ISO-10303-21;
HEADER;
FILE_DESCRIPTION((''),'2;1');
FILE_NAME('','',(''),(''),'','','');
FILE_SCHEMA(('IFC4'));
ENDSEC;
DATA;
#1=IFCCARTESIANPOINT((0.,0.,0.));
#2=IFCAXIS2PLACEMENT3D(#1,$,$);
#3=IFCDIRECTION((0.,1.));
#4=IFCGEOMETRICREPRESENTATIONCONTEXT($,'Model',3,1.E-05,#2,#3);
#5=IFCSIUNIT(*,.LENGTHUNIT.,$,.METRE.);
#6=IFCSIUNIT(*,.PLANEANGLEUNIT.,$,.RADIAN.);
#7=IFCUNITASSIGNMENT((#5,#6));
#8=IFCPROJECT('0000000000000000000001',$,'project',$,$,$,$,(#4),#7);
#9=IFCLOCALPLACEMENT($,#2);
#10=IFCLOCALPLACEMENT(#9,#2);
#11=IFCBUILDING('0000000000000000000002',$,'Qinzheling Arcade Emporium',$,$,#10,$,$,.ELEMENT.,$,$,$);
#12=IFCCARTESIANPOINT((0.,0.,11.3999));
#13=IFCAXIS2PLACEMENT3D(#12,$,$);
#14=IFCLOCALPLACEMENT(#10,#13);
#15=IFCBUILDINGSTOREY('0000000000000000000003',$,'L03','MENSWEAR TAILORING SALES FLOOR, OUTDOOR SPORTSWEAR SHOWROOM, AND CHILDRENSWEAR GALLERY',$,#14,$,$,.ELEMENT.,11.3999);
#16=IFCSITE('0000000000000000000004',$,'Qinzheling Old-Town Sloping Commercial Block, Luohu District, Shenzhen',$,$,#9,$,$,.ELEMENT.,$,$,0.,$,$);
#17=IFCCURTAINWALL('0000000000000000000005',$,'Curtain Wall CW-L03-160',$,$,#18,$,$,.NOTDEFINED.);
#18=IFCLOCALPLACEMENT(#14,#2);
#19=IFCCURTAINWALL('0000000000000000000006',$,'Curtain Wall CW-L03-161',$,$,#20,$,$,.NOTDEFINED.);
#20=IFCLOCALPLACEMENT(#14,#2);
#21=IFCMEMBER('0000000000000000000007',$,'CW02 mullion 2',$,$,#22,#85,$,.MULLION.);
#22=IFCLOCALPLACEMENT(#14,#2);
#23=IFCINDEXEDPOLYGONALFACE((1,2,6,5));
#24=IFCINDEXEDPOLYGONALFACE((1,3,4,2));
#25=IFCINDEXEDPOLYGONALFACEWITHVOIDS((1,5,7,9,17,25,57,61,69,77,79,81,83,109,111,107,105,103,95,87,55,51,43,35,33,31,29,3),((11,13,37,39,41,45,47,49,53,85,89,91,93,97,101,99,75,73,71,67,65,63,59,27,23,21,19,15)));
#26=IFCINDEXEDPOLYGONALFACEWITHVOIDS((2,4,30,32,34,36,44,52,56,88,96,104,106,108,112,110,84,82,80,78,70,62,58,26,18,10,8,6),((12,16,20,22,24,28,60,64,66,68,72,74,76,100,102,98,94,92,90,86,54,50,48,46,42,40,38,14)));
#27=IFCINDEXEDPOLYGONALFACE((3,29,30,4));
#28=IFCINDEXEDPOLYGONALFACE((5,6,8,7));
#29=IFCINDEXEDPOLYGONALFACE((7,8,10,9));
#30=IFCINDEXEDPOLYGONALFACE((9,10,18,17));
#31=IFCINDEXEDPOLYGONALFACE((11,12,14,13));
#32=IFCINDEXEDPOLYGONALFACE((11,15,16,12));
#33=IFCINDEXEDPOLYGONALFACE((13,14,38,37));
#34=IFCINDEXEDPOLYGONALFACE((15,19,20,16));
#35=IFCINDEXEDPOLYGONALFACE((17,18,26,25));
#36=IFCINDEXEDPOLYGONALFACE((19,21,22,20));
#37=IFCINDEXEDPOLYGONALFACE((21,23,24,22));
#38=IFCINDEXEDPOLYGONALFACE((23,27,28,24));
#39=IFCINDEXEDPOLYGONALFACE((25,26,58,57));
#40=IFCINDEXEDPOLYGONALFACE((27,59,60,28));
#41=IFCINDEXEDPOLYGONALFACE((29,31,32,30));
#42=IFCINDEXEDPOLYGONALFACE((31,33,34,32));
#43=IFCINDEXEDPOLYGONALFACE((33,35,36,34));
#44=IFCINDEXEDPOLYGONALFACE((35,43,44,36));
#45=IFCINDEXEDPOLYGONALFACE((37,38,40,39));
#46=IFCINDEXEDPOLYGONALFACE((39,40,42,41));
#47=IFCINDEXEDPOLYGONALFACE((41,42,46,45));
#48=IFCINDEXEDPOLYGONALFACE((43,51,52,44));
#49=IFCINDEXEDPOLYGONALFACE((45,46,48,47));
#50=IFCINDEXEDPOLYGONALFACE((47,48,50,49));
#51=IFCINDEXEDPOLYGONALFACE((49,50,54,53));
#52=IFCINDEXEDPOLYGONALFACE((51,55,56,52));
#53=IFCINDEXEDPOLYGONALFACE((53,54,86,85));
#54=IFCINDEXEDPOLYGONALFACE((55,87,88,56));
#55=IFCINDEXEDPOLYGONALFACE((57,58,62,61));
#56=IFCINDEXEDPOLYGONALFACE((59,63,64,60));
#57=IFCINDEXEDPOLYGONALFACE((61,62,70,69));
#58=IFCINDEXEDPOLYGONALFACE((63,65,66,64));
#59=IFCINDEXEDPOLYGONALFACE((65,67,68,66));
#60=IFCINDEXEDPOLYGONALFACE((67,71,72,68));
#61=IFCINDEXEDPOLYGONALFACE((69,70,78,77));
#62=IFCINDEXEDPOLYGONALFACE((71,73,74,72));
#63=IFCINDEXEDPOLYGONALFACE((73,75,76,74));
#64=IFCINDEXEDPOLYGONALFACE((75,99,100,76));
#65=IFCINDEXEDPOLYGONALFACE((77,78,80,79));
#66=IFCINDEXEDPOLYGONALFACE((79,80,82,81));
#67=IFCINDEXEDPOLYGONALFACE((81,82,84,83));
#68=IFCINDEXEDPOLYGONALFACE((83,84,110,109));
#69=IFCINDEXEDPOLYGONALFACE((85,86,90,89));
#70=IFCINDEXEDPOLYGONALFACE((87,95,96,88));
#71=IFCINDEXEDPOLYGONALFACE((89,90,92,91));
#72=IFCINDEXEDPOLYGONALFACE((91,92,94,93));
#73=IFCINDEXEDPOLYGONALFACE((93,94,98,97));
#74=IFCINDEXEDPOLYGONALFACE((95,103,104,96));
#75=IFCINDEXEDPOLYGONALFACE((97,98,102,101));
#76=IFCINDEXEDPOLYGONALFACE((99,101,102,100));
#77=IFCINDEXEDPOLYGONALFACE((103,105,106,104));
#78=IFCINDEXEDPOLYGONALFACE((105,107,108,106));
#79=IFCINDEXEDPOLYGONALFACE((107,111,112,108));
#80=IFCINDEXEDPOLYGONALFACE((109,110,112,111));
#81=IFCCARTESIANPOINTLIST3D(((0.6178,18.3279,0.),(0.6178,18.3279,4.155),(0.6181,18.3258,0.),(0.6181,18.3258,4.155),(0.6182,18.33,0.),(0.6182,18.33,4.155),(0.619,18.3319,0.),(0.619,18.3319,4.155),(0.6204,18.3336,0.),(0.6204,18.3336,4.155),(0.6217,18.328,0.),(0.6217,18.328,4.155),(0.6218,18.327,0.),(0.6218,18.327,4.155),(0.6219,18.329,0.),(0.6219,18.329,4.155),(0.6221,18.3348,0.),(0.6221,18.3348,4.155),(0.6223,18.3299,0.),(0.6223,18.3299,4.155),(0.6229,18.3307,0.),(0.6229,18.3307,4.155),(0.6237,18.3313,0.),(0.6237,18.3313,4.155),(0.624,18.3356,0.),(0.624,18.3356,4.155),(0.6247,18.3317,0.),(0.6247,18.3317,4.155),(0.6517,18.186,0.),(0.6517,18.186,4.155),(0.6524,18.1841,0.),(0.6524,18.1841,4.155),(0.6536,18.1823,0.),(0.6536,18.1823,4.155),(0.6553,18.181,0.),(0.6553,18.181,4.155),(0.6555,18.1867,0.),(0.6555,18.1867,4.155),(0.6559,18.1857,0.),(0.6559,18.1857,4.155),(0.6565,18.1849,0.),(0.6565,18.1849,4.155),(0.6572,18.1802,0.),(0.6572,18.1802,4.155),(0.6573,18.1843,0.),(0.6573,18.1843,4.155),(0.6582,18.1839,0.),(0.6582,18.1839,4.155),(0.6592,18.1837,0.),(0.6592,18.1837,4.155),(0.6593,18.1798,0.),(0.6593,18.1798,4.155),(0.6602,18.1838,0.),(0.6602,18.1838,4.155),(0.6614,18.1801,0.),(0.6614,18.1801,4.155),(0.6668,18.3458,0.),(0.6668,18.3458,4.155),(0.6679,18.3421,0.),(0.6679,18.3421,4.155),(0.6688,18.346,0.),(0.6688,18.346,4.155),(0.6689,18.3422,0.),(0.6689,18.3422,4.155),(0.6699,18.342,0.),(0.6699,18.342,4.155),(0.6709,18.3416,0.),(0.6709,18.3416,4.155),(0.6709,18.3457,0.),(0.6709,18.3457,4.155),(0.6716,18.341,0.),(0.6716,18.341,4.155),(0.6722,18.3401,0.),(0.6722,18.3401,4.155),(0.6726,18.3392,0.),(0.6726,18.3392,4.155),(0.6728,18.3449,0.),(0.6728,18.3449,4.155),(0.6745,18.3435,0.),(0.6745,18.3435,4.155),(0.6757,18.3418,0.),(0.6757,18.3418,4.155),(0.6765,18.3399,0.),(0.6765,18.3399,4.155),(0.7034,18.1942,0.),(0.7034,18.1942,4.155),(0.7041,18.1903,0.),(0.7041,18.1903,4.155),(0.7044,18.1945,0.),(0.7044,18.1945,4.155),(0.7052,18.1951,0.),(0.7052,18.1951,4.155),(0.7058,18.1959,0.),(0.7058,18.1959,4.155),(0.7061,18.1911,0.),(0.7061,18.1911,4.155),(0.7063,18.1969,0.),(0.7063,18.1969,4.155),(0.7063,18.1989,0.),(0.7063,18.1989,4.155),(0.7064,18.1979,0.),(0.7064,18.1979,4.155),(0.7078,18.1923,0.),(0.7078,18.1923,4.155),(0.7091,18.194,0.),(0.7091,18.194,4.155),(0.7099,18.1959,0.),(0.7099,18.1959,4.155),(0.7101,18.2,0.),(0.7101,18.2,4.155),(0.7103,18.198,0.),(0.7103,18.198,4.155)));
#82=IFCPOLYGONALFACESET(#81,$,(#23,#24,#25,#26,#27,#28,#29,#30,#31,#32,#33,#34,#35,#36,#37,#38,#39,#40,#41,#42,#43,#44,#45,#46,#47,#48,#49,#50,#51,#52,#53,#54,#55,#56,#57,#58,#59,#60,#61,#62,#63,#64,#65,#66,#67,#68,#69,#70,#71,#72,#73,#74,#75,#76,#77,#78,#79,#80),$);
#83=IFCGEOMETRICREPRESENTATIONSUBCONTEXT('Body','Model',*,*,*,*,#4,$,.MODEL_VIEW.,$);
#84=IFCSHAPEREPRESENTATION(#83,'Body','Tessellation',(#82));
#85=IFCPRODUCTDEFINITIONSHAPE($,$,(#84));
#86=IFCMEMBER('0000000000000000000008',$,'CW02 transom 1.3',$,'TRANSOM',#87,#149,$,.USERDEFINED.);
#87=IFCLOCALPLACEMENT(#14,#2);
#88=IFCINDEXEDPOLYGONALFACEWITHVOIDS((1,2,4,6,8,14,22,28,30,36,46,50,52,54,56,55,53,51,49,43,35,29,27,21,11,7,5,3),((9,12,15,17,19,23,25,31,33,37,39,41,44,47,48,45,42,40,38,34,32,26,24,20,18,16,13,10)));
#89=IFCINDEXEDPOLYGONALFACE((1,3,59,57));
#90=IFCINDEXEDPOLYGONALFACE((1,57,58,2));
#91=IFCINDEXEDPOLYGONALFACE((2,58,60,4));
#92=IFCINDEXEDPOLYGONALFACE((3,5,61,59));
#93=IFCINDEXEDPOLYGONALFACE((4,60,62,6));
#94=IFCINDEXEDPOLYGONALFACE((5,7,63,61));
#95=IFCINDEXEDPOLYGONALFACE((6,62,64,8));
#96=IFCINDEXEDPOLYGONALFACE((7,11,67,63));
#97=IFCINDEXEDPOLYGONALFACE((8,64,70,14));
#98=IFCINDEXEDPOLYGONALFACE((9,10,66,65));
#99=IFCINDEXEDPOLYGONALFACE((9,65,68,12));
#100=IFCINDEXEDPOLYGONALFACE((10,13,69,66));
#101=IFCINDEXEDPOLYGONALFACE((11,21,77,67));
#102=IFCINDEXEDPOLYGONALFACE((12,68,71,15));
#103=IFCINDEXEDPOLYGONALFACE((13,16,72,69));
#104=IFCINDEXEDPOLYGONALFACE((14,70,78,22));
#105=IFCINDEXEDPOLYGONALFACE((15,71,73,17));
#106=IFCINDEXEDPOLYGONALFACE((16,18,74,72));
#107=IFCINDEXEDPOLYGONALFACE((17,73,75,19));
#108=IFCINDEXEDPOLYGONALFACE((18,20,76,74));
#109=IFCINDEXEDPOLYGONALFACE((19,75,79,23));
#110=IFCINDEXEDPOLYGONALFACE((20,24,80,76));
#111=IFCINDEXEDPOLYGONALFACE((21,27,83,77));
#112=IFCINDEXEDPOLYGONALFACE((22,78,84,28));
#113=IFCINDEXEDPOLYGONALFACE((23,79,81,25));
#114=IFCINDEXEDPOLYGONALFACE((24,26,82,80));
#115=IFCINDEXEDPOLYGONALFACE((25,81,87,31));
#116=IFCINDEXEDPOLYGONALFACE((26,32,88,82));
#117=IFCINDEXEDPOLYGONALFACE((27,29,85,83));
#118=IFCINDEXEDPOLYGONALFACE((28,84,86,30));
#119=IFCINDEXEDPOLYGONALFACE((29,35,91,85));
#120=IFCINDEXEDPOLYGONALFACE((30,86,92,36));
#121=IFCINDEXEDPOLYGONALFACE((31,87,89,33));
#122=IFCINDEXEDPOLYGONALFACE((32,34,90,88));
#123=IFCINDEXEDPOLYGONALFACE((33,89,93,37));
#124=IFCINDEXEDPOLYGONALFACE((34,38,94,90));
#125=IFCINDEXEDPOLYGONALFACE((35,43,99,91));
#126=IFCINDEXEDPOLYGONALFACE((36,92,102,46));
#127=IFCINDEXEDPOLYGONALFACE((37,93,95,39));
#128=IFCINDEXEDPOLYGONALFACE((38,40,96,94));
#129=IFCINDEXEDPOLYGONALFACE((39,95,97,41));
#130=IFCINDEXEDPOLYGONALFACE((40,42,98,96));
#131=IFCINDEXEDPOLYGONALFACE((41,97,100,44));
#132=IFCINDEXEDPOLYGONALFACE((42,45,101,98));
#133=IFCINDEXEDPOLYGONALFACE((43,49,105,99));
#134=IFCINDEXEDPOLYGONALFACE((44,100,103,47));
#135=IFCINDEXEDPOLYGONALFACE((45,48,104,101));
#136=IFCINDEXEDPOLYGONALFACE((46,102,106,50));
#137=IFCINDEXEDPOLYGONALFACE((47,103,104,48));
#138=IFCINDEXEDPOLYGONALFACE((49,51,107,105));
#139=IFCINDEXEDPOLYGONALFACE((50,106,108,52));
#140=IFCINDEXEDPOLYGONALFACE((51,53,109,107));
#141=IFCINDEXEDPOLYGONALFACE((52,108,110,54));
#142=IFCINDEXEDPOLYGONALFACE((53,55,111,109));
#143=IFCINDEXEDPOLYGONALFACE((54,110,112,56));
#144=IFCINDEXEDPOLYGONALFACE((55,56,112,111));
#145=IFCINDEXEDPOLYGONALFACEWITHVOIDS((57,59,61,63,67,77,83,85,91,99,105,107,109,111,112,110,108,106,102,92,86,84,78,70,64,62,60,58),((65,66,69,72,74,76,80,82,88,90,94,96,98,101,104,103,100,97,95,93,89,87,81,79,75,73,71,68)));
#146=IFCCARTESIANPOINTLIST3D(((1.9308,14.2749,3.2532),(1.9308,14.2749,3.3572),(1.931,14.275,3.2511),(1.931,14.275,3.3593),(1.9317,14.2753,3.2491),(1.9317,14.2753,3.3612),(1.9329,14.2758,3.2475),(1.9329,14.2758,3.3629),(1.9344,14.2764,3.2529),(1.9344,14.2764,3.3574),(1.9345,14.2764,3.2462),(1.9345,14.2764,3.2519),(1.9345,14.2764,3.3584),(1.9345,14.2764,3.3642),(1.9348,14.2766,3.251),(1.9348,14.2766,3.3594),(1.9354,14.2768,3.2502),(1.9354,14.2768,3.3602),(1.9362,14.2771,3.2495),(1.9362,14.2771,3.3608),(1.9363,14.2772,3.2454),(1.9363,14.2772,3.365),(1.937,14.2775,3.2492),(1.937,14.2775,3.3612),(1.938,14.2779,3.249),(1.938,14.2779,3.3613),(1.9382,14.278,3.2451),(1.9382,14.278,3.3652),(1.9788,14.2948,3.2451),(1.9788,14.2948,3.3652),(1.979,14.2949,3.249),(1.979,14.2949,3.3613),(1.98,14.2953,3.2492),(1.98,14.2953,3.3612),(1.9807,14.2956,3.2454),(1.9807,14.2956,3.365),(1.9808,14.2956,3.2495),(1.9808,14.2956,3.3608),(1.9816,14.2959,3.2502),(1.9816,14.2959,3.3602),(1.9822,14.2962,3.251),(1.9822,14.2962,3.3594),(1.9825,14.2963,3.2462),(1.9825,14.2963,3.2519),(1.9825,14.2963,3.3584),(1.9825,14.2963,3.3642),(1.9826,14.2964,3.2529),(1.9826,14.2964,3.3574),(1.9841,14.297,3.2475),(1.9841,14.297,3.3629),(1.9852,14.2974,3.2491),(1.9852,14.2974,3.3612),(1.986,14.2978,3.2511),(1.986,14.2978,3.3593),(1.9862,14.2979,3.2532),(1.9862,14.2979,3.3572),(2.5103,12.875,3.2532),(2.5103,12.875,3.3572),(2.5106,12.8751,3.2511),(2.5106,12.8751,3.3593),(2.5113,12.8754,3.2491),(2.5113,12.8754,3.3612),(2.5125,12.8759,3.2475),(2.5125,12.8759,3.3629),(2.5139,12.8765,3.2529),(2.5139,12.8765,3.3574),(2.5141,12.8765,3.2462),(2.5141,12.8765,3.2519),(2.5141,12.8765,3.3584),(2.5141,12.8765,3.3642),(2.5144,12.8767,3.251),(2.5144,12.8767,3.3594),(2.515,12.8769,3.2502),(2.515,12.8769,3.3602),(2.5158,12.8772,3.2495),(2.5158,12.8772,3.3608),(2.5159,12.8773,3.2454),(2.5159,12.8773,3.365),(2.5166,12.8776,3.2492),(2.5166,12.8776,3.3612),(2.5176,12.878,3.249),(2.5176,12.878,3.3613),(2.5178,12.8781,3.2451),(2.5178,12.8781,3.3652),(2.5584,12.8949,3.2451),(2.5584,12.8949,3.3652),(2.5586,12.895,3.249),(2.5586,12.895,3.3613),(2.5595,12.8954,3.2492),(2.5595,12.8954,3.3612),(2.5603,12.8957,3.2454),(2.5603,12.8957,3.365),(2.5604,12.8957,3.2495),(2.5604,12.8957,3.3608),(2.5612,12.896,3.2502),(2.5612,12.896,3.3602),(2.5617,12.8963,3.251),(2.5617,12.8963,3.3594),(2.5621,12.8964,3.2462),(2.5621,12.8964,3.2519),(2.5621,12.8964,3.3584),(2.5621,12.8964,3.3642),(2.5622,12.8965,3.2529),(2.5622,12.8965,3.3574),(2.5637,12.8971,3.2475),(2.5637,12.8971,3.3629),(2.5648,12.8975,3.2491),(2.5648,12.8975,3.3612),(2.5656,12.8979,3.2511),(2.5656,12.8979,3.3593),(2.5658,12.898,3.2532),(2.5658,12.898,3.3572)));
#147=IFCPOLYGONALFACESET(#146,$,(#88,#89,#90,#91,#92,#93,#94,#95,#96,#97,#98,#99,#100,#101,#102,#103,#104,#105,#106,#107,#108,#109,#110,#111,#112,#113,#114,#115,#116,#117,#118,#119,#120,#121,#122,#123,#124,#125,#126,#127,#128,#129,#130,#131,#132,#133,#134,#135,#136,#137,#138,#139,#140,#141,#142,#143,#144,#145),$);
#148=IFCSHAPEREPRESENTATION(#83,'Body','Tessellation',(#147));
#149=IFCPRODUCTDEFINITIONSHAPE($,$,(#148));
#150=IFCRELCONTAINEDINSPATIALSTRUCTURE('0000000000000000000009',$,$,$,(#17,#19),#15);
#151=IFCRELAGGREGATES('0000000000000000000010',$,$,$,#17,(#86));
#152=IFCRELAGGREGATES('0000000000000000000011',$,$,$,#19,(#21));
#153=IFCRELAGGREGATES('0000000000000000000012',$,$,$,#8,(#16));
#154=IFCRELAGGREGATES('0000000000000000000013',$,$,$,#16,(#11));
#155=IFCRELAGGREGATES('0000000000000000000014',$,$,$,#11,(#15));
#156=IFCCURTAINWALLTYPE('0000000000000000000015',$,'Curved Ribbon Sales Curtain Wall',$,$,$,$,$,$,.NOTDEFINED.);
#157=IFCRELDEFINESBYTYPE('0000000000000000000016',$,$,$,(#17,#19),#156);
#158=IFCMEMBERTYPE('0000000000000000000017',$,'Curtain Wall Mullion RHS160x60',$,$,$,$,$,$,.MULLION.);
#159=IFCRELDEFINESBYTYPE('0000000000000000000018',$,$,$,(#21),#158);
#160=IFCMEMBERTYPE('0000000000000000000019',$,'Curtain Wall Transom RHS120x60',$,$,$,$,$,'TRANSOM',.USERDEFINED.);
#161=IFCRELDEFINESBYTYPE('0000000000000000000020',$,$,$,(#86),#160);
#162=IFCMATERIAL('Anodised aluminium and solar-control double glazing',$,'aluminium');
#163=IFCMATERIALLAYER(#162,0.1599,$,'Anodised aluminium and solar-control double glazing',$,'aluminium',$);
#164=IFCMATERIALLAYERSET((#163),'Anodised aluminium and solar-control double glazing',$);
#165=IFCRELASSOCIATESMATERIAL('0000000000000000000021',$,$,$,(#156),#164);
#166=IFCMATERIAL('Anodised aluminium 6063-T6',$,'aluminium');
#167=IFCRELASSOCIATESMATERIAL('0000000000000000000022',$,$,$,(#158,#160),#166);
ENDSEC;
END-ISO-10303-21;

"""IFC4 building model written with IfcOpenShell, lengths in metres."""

from ifc_helpers import new_model, si_unit, direction, frame, origin, origin_2d, place, context, subcontext, project, spatial, hollow_rectangle, extrude, material, layer, layer_set, material_profile, profile_set, type_object, element, aggregate, save


model = new_model("IFC4")

# Units and contexts
model_context = context("Model", 3, precision=1e-05, world=origin(), true_north=direction((0.0, 1.0)))
body_context = subcontext(model_context, "Body", "Model", "MODEL_VIEW")
ifc_project = project(units=[si_unit("LENGTHUNIT", "METRE"), si_unit("PLANEANGLEUNIT", "RADIAN")], contexts=[model_context])

# Site, building, storey
site_placement = place(None, origin())
site = spatial("IfcSite", under=ifc_project, at=site_placement, Name="Qinzheling Old-Town Sloping Commercial Block, Luohu District, Shenzhen", CompositionType="ELEMENT", RefElevation=0.0)
building_placement = place(site_placement, origin())
building = spatial("IfcBuilding", under=site, at=building_placement, Name="Qinzheling Arcade Emporium", CompositionType="ELEMENT")
storey_placement = place(building_placement, frame((0.0, 0.0, 11.3999)))
storey = spatial("IfcBuildingStorey", under=building, at=storey_placement, Name="L03", Description="MENSWEAR TAILORING SALES FLOOR, OUTDOOR SPORTSWEAR SHOWROOM, AND CHILDRENSWEAR GALLERY", CompositionType="ELEMENT", Elevation=11.3999)

# Curtain walls, member
ifc_material_1 = material(Name="Anodised aluminium and solar-control double glazing", Category="aluminium")
ifc_layer_1 = layer(ifc_material_1, 0.1599, Name="Anodised aluminium and solar-control double glazing", Category="aluminium")
ifc_layer_set_1 = layer_set([ifc_layer_1], Name="Anodised aluminium and solar-control double glazing")
curtain_wall_type = type_object("IfcCurtainWallType", Name="Curved Ribbon Sales Curtain Wall", PredefinedType="NOTDEFINED", material=ifc_layer_set_1)
curtain_wall_1_placement = place(storey_placement, origin())
curtain_wall_1 = element("IfcCurtainWall", 1, at=curtain_wall_1_placement, inside=storey, type_object=curtain_wall_type, Name="Curtain Wall CW-L03-160", PredefinedType="NOTDEFINED")
ifc_material_2 = material(Name="Anodised aluminium 6063-T6", Category="aluminium")
ifc_material_profile_1 = material_profile(ifc_material_2, hollow_rectangle(XDim=0.0601, YDim=0.1599, WallThickness=0.0039, InnerFilletRadius=0.0039, OuterFilletRadius=0.0081, at=origin_2d()), Name="RHS 160x60x4", Category="aluminium")
ifc_profile_set_1 = profile_set([ifc_material_profile_1], Name="Anodised aluminium 6063-T6")
member_type_1 = type_object("IfcMemberType", Name="Curtain Wall Mullion RHS160x60", PredefinedType="MULLION", material=ifc_profile_set_1)
curtain_wall_2_placement = place(storey_placement, origin())
curtain_wall_2 = element("IfcCurtainWall", 2, at=curtain_wall_2_placement, inside=storey, type_object=curtain_wall_type, Name="Curtain Wall CW-L03-161", PredefinedType="NOTDEFINED")
member_1_placement = place(storey_placement, frame((0.6641, 18.2629, 0.0), z_axis=(0.0, 0.0, 1.0), x_axis=(-0.972336, -0.233585, 0.0)))
member_1 = element("IfcMember", 3, at=member_1_placement, type_object=member_type_1, Name="CW02 mullion 2", PredefinedType="MULLION", context=body_context, shape_type="SweptSolid", body=[
    extrude(hollow_rectangle(XDim=0.0601, YDim=0.1599, WallThickness=0.0039, InnerFilletRadius=0.0039, OuterFilletRadius=0.0081, at=origin_2d()), origin(), (0.0, 0.0, 1.0), 4.155),
])

# Member
ifc_material_profile_2 = material_profile(ifc_material_2, hollow_rectangle(XDim=0.0601, YDim=0.1201, WallThickness=0.0039, InnerFilletRadius=0.0039, OuterFilletRadius=0.0081, at=origin_2d()), Name="RHS 120x60x4", Category="aluminium")
ifc_profile_set_2 = profile_set([ifc_material_profile_2], Name="Anodised aluminium 6063-T6")
member_type_2 = type_object("IfcMemberType", Name="Curtain Wall Transom RHS120x60", ElementType="TRANSOM", PredefinedType="USERDEFINED", material=ifc_profile_set_2)
member_2_placement = place(storey_placement, frame((2.5381, 12.8865, 3.3052), z_axis=(-0.382532, 0.923942, 0.0), x_axis=(-0.923942, -0.382532, 0.0)))
member_2 = element("IfcMember", 4, at=member_2_placement, type_object=member_type_2, Name="CW02 transom 1.3", ObjectType="TRANSOM", PredefinedType="USERDEFINED", context=body_context, shape_type="SweptSolid", body=[
    extrude(hollow_rectangle(XDim=0.0601, YDim=0.1201, WallThickness=0.0039, InnerFilletRadius=0.0039, OuterFilletRadius=0.0081, at=origin_2d()), origin(), (0.0, 0.0, 1.0), 1.5151),
])

aggregate(curtain_wall_1, [member_2])
aggregate(curtain_wall_2, [member_1])

save(model, "model.ifc")
